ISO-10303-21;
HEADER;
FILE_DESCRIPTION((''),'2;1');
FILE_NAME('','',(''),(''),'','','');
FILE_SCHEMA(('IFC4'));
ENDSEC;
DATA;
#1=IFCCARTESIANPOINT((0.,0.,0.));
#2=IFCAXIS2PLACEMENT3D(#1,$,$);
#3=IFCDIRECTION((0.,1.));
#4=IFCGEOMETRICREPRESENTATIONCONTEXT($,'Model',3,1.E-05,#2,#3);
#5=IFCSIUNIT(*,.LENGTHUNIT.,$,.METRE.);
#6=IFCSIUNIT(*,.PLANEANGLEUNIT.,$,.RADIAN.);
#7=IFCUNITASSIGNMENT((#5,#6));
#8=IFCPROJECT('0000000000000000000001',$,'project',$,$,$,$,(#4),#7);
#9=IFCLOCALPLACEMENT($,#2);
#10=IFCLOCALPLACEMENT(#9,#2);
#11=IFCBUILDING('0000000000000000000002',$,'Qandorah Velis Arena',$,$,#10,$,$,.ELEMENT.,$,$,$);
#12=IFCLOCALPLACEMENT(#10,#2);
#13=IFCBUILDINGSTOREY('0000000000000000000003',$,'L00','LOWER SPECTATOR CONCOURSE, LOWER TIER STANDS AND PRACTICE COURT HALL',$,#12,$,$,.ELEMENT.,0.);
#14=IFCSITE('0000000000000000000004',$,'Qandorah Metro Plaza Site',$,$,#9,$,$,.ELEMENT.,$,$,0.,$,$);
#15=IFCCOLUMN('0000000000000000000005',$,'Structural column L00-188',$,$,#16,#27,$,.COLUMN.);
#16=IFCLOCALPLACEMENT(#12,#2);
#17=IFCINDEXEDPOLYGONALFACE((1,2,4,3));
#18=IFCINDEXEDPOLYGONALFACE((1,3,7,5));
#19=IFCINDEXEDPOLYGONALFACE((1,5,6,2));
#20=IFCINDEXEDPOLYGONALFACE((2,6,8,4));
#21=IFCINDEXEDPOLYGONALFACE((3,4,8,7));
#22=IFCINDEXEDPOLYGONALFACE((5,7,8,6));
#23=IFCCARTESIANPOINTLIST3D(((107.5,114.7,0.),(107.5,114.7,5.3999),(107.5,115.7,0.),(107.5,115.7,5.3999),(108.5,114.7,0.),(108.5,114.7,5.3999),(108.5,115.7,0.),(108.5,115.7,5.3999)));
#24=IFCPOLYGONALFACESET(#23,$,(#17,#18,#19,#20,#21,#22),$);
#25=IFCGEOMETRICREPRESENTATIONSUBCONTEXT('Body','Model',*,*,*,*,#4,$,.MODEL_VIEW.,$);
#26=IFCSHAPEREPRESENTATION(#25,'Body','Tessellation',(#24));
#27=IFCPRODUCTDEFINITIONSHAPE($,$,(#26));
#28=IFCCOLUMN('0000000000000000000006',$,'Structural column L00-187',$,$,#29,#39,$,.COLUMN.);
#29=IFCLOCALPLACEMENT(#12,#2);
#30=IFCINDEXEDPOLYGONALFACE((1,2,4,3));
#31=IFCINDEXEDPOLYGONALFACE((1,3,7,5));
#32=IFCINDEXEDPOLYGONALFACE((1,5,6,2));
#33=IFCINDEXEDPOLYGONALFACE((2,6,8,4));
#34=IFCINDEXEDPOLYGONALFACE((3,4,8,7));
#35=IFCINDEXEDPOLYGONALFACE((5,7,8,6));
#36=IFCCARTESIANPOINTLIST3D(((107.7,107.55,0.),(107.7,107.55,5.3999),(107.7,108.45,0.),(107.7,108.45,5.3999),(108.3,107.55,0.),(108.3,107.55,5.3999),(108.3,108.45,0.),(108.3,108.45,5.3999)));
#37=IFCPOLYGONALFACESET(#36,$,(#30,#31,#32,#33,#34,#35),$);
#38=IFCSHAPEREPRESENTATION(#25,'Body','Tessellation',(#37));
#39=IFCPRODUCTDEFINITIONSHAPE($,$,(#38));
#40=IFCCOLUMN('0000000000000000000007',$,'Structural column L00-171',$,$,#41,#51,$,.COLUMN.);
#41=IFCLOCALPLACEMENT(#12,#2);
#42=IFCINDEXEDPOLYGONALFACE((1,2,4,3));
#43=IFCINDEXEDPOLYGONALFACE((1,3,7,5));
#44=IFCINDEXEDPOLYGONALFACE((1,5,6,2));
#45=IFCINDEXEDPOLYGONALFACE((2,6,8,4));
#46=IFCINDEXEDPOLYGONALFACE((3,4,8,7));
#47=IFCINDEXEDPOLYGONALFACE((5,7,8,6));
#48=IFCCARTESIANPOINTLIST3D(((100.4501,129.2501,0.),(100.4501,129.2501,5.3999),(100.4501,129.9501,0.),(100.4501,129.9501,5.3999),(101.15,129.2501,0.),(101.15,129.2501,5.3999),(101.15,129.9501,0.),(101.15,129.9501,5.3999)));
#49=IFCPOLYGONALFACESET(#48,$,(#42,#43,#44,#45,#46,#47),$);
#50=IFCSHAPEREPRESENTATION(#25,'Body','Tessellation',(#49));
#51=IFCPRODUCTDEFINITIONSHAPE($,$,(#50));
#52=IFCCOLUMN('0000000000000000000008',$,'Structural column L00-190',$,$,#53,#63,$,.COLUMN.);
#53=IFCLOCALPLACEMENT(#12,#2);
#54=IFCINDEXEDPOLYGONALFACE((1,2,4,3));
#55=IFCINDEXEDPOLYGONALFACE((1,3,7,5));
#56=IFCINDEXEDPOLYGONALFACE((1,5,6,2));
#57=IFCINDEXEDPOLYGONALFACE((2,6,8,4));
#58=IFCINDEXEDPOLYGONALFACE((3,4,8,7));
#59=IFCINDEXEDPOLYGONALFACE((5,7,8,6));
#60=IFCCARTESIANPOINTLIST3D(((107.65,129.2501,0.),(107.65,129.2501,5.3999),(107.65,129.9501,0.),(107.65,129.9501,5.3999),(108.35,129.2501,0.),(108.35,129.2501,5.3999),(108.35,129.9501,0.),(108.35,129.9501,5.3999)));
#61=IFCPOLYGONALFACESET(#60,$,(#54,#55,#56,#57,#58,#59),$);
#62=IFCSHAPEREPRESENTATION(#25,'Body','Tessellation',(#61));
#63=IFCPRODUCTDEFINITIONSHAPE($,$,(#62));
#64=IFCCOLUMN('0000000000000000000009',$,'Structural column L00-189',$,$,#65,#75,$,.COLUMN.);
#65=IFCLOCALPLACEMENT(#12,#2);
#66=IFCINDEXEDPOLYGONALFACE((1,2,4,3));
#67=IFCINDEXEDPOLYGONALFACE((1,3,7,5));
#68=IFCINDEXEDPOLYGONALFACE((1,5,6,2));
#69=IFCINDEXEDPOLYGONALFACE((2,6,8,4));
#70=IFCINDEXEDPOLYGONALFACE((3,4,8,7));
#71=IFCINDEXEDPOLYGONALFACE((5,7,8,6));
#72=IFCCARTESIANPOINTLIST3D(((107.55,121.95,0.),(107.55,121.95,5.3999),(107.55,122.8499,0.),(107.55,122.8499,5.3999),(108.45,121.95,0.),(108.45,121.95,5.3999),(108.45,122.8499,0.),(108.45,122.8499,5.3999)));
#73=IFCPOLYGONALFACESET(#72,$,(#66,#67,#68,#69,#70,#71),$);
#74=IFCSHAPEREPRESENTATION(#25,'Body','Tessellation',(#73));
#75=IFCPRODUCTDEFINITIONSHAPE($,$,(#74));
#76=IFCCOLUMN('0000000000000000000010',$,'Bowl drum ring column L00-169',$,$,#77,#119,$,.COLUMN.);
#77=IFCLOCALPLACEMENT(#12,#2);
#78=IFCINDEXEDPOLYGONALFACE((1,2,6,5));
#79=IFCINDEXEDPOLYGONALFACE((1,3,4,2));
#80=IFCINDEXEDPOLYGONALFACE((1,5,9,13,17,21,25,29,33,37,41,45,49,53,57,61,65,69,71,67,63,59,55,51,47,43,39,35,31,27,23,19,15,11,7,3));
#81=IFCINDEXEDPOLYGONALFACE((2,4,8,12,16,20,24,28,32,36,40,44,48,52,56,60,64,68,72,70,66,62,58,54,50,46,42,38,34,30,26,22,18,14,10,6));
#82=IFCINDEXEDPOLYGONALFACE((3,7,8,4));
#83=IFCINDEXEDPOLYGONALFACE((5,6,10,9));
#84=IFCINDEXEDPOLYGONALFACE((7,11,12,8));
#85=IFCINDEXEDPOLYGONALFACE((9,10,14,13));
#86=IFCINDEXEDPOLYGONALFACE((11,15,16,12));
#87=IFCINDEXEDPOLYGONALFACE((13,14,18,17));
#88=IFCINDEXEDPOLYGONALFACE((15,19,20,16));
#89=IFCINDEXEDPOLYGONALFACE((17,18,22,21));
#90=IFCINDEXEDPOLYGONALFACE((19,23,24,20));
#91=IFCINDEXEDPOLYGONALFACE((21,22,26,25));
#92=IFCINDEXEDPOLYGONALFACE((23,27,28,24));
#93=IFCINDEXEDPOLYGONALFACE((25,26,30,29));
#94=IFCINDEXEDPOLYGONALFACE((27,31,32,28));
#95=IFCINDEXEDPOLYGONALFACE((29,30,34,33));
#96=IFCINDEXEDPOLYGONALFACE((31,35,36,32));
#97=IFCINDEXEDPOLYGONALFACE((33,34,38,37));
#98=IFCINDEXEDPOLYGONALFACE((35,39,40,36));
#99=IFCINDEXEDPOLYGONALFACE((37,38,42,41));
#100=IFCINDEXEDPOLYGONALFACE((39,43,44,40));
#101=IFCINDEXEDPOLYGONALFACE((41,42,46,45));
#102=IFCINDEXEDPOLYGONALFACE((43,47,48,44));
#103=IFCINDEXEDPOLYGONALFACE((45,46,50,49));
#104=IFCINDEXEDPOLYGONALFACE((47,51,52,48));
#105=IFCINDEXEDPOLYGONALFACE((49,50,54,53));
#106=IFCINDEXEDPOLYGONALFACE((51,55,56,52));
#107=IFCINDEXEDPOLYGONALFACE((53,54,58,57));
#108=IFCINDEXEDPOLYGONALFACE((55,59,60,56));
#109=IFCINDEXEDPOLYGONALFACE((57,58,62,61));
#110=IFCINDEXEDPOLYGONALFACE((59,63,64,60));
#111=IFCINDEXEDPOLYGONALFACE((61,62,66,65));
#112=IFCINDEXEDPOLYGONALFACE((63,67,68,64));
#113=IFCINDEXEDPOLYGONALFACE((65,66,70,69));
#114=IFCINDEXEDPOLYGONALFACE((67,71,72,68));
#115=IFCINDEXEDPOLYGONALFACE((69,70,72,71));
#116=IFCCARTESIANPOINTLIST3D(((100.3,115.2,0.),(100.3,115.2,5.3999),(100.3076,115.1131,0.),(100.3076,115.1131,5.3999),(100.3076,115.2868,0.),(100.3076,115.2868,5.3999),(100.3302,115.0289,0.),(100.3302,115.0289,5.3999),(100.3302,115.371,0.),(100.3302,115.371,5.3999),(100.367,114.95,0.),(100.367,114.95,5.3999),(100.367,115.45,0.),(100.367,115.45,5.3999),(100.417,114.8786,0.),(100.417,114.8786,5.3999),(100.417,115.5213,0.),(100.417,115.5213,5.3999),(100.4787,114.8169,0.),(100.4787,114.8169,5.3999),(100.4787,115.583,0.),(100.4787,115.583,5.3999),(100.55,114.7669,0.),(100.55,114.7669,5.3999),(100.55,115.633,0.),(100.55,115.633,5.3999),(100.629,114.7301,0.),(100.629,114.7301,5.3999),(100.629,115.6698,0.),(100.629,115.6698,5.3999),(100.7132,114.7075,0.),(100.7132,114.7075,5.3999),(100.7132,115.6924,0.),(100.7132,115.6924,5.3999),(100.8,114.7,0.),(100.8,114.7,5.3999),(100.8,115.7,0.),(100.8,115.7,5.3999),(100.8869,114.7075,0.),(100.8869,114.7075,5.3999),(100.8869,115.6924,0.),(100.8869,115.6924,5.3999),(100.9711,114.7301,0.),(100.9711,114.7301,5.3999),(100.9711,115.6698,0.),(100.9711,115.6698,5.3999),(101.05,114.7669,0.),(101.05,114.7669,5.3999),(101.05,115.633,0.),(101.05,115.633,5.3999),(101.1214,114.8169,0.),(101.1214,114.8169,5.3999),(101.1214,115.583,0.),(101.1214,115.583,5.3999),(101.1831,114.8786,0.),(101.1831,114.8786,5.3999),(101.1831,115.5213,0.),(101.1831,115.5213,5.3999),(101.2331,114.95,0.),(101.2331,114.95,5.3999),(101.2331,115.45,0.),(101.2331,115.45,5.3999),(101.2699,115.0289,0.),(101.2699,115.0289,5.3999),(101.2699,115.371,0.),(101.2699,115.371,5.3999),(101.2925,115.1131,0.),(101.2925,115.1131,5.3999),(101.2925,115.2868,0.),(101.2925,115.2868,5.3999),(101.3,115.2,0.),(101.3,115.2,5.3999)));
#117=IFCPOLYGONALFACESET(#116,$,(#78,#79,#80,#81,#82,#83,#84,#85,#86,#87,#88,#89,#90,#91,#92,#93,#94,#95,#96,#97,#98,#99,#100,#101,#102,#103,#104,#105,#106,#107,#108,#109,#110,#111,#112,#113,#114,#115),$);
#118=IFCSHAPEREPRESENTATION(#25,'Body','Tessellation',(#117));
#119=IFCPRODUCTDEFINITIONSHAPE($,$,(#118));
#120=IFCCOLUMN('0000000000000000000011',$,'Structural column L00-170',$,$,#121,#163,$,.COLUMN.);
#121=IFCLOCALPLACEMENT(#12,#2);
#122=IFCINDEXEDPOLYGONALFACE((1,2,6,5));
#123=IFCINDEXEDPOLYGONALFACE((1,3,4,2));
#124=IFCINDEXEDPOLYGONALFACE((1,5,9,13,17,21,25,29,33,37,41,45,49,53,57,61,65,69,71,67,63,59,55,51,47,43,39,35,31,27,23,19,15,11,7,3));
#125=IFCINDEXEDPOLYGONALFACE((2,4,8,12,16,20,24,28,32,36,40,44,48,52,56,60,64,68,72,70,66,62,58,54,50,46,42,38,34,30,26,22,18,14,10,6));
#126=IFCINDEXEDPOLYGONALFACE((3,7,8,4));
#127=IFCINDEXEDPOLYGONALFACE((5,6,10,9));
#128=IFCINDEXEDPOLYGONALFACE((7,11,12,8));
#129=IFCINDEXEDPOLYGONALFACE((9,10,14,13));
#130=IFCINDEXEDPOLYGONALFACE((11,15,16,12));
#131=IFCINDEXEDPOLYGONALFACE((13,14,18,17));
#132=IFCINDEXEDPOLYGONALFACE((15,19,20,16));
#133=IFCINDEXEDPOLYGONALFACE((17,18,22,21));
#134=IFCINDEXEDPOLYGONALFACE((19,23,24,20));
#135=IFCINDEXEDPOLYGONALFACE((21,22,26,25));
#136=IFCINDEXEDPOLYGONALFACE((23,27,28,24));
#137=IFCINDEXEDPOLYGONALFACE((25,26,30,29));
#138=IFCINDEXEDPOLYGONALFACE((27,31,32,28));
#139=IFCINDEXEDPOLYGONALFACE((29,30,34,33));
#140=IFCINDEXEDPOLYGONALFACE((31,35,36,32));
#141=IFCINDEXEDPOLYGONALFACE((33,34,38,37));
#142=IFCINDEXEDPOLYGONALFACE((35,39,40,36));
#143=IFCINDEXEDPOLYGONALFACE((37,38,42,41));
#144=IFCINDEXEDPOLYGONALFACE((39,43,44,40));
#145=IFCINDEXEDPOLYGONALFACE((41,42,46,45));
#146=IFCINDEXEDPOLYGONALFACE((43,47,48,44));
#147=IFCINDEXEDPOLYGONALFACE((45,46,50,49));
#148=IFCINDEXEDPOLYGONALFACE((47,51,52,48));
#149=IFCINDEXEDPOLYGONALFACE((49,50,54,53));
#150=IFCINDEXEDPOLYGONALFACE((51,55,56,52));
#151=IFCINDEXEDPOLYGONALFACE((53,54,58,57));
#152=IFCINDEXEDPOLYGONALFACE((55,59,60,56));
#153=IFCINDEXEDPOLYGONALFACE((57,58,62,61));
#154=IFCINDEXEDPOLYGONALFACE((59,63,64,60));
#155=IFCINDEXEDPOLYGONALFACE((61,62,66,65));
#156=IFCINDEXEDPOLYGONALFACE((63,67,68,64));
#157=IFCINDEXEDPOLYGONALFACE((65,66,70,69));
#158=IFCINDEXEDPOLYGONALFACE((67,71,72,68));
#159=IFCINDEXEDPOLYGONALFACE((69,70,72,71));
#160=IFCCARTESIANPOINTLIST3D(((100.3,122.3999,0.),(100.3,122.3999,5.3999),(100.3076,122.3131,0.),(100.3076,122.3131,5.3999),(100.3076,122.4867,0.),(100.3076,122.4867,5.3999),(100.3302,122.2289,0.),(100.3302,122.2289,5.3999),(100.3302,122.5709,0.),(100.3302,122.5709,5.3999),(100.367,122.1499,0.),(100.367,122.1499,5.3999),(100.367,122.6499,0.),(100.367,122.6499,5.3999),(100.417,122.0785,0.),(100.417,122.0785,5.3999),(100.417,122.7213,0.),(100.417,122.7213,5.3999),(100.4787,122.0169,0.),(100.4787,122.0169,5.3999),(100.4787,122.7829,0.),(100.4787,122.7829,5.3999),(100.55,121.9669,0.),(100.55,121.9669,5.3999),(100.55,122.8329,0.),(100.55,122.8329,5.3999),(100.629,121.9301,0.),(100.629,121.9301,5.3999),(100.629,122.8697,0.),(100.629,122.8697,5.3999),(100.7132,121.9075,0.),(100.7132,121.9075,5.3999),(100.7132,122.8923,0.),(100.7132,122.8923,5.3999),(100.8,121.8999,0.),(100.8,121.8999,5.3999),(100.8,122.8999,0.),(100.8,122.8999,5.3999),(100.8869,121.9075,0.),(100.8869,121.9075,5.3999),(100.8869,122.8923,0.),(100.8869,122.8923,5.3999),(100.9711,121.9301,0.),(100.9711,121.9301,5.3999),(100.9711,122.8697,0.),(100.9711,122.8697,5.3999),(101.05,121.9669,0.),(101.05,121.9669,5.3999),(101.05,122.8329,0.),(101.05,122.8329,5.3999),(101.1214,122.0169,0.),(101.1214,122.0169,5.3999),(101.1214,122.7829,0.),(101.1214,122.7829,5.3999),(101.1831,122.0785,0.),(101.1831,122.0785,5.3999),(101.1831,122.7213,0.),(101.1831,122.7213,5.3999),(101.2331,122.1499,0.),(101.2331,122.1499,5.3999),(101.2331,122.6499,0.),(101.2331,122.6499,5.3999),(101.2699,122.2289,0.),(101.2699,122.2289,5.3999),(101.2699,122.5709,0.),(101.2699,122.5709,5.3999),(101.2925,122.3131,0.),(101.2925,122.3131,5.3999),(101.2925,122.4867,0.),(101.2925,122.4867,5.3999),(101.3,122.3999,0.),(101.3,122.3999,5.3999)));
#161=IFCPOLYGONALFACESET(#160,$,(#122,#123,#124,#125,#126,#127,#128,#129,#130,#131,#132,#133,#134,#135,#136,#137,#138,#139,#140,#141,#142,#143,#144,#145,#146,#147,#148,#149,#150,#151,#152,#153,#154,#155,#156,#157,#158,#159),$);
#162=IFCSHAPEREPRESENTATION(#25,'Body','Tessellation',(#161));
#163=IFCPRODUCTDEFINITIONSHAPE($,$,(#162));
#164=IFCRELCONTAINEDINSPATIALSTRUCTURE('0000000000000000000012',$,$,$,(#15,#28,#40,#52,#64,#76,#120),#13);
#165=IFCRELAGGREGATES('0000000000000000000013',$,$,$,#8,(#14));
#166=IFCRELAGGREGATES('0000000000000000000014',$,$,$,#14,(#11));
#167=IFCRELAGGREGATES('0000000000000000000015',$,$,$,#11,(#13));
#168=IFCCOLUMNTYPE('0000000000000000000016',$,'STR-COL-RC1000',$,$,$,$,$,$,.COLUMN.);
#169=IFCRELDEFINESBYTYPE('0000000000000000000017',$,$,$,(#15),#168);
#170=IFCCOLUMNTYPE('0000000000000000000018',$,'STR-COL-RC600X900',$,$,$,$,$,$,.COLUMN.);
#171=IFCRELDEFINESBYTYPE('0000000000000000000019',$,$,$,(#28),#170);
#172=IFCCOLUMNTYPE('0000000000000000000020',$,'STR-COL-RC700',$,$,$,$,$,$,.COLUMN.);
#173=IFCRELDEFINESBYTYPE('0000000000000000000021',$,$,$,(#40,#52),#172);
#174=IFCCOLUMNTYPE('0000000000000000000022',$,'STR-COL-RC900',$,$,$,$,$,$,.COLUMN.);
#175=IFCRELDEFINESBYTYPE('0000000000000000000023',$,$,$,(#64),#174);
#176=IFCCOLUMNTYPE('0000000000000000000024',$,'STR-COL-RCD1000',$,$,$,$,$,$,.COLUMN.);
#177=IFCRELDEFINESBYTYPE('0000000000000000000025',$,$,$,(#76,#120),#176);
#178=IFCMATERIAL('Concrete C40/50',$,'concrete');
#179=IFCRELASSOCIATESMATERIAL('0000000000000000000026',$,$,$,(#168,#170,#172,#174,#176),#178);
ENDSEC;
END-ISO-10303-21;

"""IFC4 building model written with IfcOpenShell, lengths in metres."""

from ifc_helpers import new_model, si_unit, direction, frame, origin, origin_2d, place, context, subcontext, project, spatial, rectangle, circle, extrude, material, material_profile, profile_set, type_object, element, save


model = new_model("IFC4")

# Units and contexts
model_context = context("Model", 3, precision=1e-05, world=origin(), true_north=direction((0.0, 1.0)))
body_context = subcontext(model_context, "Body", "Model", "MODEL_VIEW")
ifc_project = project(units=[si_unit("LENGTHUNIT", "METRE"), si_unit("PLANEANGLEUNIT", "RADIAN")], contexts=[model_context])

# Site, building, storey
site_placement = place(None, origin())
site = spatial("IfcSite", under=ifc_project, at=site_placement, Name="Qandorah Metro Plaza Site", CompositionType="ELEMENT", RefElevation=0.0)
building_placement = place(site_placement, origin())
building = spatial("IfcBuilding", under=site, at=building_placement, Name="Qandorah Velis Arena", CompositionType="ELEMENT")
storey_placement = place(building_placement, origin())
storey = spatial("IfcBuildingStorey", under=building, at=storey_placement, Name="L00", Description="LOWER SPECTATOR CONCOURSE, LOWER TIER STANDS AND PRACTICE COURT HALL", CompositionType="ELEMENT", Elevation=0.0)

# Columns
ifc_material_1 = material(Name="Concrete C40/50", Category="concrete")
ifc_material_profile_1 = material_profile(ifc_material_1, rectangle(XDim=1.0, YDim=1.0, at=origin_2d()), Name="RC COL 1000x1000")
ifc_profile_set_1 = profile_set([ifc_material_profile_1], Name="Concrete C40/50")
column_type_1 = type_object("IfcColumnType", Name="STR-COL-RC1000", PredefinedType="COLUMN", material=ifc_profile_set_1)
column_1_placement = place(storey_placement, frame((108.0, 115.2, 0.0), z_axis=(0.0, 0.0, 1.0), x_axis=(1.0, 0.0, 0.0)))
element("IfcColumn", 1, at=column_1_placement, inside=storey, type_object=column_type_1, Name="Structural column L00-188", PredefinedType="COLUMN", context=body_context, shape_type="SweptSolid", body=[
    extrude(rectangle(XDim=1.0, YDim=1.0, at=origin_2d()), origin(), (0.0, 0.0, 1.0), 5.3999),
])
ifc_material_profile_2 = material_profile(ifc_material_1, rectangle(XDim=0.6001, YDim=0.8999, at=origin_2d()), Name="RC COL 600x900")
ifc_profile_set_2 = profile_set([ifc_material_profile_2], Name="Concrete C40/50")
column_type_2 = type_object("IfcColumnType", Name="STR-COL-RC600X900", PredefinedType="COLUMN", material=ifc_profile_set_2)
column_2_placement = place(storey_placement, frame((108.0, 108.0, 0.0), z_axis=(0.0, 0.0, 1.0), x_axis=(1.0, 0.0, 0.0)))
element("IfcColumn", 2, at=column_2_placement, inside=storey, type_object=column_type_2, Name="Structural column L00-187", PredefinedType="COLUMN", context=body_context, shape_type="SweptSolid", body=[
    extrude(rectangle(XDim=0.6001, YDim=0.8999, at=origin_2d()), origin(), (0.0, 0.0, 1.0), 5.3999),
])
ifc_material_profile_3 = material_profile(ifc_material_1, rectangle(XDim=0.7, YDim=0.7, at=origin_2d()), Name="RC COL 700x700")
ifc_profile_set_3 = profile_set([ifc_material_profile_3], Name="Concrete C40/50")
column_type_3 = type_object("IfcColumnType", Name="STR-COL-RC700", PredefinedType="COLUMN", material=ifc_profile_set_3)
for number, where, z_axis, x_axis, name in (
    (3, (100.8, 129.6001, 0.0), (0.0, 0.0, 1.0), (1.0, 0.0, 0.0), "Structural column L00-171"),
    (4, (108.0, 129.6001, 0.0), (0.0, 0.0, 1.0), (1.0, 0.0, 0.0), "Structural column L00-190"),
):
    element("IfcColumn", number, at=place(storey_placement, frame(where, z_axis=z_axis, x_axis=x_axis)), inside=storey, type_object=column_type_3, Name=name, PredefinedType="COLUMN", context=body_context, shape_type="SweptSolid", body=[
        extrude(rectangle(XDim=0.7, YDim=0.7, at=origin_2d()), origin(), (0.0, 0.0, 1.0), 5.3999),
    ])
ifc_material_profile_4 = material_profile(ifc_material_1, rectangle(XDim=0.8999, YDim=0.8999, at=origin_2d()), Name="RC COL 900x900")
ifc_profile_set_4 = profile_set([ifc_material_profile_4], Name="Concrete C40/50")
column_type_4 = type_object("IfcColumnType", Name="STR-COL-RC900", PredefinedType="COLUMN", material=ifc_profile_set_4)
column_3_placement = place(storey_placement, frame((108.0, 122.3999, 0.0), z_axis=(0.0, 0.0, 1.0), x_axis=(1.0, 0.0, 0.0)))
element("IfcColumn", 5, at=column_3_placement, inside=storey, type_object=column_type_4, Name="Structural column L00-189", PredefinedType="COLUMN", context=body_context, shape_type="SweptSolid", body=[
    extrude(rectangle(XDim=0.8999, YDim=0.8999, at=origin_2d()), origin(), (0.0, 0.0, 1.0), 5.3999),
])
ifc_material_profile_5 = material_profile(ifc_material_1, circle(Radius=0.5, at=origin_2d()), Name="RC D1000")
ifc_profile_set_5 = profile_set([ifc_material_profile_5], Name="Concrete C40/50")
column_type_5 = type_object("IfcColumnType", Name="STR-COL-RCD1000", PredefinedType="COLUMN", material=ifc_profile_set_5)
for number, where, z_axis, x_axis, name in (
    (6, (100.8, 115.2, 0.0), (0.0, 0.0, 1.0), (1.0, 0.0, 0.0), "Bowl drum ring column L00-169"),
    (7, (100.8, 122.3999, 0.0), (0.0, 0.0, 1.0), (1.0, 0.0, 0.0), "Structural column L00-170"),
):
    element("IfcColumn", number, at=place(storey_placement, frame(where, z_axis=z_axis, x_axis=x_axis)), inside=storey, type_object=column_type_5, Name=name, PredefinedType="COLUMN", context=body_context, shape_type="SweptSolid", body=[
        extrude(circle(Radius=0.5, at=origin_2d()), origin(), (0.0, 0.0, 1.0), 5.3999),
    ])

save(model, "model.ifc")
